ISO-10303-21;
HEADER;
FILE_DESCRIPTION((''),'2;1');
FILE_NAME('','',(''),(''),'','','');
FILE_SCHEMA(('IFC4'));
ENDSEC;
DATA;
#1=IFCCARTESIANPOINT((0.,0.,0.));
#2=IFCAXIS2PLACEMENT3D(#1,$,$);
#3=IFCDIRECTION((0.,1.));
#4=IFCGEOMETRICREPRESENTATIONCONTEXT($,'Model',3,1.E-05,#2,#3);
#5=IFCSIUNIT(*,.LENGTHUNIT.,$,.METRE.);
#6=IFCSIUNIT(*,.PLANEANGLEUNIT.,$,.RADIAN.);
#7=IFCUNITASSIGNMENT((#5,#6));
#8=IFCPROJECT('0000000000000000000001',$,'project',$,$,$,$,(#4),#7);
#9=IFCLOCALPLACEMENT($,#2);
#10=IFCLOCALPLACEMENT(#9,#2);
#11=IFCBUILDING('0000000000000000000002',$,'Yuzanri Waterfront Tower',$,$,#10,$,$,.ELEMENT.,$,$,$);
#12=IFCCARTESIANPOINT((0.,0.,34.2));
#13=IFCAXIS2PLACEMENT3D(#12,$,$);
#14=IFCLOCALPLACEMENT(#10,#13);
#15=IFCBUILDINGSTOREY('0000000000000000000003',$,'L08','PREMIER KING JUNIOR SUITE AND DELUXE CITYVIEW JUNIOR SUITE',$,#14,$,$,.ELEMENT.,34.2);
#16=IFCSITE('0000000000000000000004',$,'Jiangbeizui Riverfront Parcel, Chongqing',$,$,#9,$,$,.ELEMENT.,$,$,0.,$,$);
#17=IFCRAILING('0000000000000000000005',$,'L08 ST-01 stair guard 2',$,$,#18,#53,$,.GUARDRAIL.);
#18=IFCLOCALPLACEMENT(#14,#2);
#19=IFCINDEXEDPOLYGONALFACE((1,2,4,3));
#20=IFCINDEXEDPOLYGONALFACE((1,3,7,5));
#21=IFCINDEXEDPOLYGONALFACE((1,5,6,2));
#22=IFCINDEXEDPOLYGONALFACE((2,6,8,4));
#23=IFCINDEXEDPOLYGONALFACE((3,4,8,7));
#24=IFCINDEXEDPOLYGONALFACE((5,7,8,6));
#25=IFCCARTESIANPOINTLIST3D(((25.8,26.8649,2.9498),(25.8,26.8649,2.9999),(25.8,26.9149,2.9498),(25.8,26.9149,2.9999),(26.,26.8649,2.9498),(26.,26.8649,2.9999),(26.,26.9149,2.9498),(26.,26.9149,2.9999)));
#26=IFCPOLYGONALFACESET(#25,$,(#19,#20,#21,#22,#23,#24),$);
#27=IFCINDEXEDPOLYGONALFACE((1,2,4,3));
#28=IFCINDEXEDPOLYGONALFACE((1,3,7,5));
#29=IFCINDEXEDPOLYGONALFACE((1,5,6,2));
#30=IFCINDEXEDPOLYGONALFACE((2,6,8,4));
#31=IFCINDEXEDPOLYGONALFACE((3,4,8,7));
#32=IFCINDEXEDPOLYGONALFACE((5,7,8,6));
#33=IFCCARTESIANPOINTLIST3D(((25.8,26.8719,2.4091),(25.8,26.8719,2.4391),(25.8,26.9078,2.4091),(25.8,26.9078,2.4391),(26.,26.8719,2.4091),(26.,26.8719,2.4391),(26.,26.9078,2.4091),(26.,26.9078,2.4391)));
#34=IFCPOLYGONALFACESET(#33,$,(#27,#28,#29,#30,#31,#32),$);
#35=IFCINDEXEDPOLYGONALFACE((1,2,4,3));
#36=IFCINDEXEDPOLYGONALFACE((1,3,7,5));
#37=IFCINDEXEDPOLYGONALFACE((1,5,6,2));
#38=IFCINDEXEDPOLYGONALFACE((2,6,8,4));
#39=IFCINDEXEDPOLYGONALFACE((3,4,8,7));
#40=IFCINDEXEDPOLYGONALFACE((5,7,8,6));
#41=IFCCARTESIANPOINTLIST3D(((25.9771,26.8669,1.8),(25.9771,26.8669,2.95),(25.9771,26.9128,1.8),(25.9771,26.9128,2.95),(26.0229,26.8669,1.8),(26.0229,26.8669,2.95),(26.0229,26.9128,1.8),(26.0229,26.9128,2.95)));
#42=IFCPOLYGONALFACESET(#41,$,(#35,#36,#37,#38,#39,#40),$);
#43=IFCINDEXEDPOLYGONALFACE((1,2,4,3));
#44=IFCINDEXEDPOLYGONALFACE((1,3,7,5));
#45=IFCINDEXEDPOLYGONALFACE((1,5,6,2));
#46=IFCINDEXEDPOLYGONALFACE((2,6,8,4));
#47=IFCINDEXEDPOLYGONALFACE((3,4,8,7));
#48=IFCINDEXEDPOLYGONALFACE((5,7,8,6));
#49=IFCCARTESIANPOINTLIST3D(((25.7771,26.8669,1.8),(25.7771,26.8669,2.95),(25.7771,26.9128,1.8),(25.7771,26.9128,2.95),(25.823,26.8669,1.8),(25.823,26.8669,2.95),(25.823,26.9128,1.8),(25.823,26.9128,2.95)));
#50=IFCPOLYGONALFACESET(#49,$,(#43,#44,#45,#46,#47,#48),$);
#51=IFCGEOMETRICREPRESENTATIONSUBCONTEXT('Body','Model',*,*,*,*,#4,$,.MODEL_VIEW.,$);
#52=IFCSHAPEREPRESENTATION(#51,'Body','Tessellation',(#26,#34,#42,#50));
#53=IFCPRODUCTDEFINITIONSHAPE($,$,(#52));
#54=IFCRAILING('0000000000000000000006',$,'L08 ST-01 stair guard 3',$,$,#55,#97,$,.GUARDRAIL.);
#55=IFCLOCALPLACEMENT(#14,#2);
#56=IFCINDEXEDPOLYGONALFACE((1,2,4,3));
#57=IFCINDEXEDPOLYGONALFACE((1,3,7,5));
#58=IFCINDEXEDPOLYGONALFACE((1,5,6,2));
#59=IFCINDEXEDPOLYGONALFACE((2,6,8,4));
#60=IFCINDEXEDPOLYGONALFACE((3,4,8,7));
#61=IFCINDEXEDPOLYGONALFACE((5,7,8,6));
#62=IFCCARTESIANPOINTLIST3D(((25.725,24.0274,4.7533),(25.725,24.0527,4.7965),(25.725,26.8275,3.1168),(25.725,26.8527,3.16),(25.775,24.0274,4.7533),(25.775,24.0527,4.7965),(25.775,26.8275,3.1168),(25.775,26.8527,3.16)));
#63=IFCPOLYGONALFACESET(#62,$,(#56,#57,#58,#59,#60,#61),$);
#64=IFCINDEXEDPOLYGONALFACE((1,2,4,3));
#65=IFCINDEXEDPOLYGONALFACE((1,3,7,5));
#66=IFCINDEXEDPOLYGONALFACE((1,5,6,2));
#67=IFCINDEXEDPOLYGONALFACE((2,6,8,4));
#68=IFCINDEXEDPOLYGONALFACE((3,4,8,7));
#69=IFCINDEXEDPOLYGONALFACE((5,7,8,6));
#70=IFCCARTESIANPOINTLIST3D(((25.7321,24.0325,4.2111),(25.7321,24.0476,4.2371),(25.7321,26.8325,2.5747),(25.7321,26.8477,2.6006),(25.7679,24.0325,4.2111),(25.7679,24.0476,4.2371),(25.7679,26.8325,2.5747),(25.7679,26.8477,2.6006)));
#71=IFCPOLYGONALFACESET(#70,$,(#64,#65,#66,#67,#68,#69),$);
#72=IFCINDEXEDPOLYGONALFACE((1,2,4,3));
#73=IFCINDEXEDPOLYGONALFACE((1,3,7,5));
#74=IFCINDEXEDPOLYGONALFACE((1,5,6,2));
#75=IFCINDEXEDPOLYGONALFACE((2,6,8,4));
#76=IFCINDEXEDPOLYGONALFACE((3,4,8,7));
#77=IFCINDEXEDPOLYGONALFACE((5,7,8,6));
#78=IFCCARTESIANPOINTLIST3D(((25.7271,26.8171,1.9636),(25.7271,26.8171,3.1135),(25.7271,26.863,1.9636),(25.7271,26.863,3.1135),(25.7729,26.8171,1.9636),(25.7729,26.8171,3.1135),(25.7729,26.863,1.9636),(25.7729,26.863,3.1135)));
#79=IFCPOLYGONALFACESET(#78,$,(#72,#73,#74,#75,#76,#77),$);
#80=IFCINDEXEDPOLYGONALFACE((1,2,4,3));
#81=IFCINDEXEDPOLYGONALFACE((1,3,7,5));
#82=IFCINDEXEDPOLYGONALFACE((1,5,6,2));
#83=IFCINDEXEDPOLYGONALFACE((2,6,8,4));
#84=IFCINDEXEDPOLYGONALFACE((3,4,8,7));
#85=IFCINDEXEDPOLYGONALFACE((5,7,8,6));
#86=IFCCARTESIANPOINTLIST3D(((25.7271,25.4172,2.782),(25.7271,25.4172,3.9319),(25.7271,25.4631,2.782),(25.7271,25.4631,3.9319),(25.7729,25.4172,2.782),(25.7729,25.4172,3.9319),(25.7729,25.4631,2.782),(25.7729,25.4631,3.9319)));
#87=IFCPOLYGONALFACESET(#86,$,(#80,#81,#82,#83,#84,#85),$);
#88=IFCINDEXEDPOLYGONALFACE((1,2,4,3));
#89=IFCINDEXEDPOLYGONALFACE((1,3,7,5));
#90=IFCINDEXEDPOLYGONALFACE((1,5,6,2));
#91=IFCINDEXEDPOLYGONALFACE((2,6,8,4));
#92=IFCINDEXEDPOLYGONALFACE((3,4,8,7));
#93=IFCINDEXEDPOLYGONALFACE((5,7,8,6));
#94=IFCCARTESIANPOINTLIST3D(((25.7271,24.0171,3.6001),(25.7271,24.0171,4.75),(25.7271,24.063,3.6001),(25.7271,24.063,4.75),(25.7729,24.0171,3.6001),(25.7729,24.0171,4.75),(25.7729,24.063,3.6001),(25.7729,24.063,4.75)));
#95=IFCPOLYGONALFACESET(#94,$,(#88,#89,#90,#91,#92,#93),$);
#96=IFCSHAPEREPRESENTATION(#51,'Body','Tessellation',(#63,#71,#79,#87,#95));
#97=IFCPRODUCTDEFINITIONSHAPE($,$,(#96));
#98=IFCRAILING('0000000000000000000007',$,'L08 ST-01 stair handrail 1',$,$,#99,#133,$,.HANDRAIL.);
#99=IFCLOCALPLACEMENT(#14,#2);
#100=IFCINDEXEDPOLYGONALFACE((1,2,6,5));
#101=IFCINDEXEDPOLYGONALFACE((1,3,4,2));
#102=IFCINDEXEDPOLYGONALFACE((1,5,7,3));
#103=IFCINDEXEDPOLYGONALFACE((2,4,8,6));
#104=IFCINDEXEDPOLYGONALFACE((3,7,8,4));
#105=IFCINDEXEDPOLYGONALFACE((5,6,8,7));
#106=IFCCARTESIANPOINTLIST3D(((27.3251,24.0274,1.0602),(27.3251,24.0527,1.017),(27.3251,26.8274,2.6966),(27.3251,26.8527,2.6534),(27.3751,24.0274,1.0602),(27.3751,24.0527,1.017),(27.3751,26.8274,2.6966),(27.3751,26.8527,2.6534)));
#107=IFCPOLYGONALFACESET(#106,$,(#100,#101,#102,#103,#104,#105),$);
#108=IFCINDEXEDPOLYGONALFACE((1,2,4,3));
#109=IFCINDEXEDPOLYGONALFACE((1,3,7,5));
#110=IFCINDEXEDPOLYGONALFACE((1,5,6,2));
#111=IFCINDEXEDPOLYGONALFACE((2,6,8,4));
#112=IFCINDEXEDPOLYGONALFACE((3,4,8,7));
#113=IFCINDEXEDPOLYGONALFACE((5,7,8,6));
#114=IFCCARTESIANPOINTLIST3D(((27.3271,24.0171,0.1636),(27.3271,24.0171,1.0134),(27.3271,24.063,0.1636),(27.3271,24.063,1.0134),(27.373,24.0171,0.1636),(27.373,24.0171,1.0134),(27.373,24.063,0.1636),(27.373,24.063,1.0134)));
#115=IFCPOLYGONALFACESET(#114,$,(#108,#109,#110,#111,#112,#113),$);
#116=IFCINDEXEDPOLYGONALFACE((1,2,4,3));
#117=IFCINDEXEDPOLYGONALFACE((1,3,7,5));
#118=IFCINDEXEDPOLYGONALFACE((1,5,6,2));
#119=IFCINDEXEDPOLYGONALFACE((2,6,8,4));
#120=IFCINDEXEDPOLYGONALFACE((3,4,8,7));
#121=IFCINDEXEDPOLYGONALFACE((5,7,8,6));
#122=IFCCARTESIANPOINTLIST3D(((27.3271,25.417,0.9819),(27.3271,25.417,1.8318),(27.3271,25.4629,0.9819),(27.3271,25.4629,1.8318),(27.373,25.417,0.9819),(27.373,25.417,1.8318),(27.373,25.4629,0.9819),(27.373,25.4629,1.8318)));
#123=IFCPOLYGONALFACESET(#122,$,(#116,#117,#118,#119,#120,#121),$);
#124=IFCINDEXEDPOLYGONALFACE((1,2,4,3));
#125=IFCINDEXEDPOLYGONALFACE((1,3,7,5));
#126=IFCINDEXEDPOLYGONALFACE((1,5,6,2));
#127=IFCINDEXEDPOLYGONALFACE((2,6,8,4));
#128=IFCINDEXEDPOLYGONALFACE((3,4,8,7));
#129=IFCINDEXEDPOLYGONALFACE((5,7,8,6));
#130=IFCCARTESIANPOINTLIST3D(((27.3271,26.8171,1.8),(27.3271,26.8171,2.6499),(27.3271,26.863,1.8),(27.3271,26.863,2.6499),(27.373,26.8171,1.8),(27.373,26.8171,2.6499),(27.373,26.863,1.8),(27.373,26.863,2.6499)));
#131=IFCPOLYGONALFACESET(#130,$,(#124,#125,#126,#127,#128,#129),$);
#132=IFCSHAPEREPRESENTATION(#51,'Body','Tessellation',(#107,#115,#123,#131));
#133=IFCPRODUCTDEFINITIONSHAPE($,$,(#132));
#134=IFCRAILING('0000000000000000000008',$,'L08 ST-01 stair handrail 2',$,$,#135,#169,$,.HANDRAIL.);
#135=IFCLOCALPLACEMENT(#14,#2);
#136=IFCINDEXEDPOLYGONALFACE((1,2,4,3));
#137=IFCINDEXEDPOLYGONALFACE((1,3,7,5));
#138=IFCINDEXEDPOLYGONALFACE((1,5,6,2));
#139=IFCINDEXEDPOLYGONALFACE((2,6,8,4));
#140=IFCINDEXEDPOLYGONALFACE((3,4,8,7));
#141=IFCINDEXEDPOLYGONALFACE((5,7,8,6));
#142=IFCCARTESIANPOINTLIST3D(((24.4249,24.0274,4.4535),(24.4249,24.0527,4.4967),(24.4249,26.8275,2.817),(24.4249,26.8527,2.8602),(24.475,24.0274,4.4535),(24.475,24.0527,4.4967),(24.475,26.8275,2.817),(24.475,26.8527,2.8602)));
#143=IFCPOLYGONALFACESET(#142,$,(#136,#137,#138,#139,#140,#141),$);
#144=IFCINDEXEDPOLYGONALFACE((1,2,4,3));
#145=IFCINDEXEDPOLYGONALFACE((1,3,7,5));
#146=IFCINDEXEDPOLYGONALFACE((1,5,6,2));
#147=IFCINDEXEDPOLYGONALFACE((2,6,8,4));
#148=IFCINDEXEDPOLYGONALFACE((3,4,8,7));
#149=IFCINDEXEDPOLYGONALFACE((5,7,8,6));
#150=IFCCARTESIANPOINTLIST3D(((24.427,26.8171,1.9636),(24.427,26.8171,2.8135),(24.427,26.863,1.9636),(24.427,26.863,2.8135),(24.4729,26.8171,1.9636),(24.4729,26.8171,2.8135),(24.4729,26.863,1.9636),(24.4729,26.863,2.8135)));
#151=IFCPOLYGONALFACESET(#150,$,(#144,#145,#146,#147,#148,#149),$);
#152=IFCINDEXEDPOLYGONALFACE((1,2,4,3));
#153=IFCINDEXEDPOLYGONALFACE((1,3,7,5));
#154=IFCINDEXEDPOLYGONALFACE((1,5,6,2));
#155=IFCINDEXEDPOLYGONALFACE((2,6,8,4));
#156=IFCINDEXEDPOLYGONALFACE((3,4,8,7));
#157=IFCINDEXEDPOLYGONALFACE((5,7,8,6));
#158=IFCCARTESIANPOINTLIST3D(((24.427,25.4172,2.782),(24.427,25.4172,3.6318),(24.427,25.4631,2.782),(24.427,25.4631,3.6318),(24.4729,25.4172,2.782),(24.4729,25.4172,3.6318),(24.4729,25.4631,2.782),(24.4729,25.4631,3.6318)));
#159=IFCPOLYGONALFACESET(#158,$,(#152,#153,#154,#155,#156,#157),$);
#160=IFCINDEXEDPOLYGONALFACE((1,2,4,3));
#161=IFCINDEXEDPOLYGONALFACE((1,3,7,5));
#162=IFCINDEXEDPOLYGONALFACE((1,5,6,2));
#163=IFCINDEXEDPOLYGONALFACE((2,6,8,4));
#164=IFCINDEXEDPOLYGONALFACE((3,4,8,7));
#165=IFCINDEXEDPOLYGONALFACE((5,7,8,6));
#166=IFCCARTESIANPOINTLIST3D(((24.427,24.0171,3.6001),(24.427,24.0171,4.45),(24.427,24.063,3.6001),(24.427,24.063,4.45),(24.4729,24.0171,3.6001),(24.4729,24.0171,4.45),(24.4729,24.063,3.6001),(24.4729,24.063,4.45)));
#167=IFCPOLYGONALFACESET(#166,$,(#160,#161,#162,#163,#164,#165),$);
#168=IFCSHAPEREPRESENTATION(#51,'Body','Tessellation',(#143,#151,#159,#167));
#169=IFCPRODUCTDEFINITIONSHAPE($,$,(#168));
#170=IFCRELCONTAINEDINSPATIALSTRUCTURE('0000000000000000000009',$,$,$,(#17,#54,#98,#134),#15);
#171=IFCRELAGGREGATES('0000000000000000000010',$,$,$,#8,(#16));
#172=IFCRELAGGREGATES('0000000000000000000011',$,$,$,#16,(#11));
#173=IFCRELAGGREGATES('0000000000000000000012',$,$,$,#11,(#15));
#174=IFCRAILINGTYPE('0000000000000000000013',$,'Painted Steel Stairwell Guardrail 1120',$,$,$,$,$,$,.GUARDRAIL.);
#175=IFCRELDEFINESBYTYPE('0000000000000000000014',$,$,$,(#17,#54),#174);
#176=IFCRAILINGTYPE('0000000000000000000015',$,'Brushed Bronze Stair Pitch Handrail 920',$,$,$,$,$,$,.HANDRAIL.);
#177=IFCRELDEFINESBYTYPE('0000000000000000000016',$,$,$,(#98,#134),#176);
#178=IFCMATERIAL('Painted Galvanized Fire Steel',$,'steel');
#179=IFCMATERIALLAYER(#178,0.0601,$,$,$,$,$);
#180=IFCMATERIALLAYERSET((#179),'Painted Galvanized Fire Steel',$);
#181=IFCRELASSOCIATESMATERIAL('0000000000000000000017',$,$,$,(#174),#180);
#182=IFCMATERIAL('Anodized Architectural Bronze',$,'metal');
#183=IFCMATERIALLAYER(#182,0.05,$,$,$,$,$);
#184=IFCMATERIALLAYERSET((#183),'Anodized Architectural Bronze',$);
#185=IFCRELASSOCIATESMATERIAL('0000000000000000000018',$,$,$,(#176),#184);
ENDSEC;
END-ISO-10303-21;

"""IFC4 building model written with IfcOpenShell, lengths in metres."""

from ifc_helpers import new_model, si_unit, direction, frame, origin, origin_2d, place, context, subcontext, project, spatial, rectangle, extrude, source, transform, mapped, material, layer, layer_set, type_object, element, save


model = new_model("IFC4")

# Units and contexts
model_context = context("Model", 3, precision=1e-05, world=origin(), true_north=direction((0.0, 1.0)))
body_context = subcontext(model_context, "Body", "Model", "MODEL_VIEW")
ifc_project = project(units=[si_unit("LENGTHUNIT", "METRE"), si_unit("PLANEANGLEUNIT", "RADIAN")], contexts=[model_context])

# Site, building, storey
site_placement = place(None, origin())
site = spatial("IfcSite", under=ifc_project, at=site_placement, Name="Jiangbeizui Riverfront Parcel, Chongqing", CompositionType="ELEMENT", RefElevation=0.0)
building_placement = place(site_placement, origin())
building = spatial("IfcBuilding", under=site, at=building_placement, Name="Yuzanri Waterfront Tower", CompositionType="ELEMENT")
storey_placement = place(building_placement, frame((0.0, 0.0, 34.2)))
storey = spatial("IfcBuildingStorey", under=building, at=storey_placement, Name="L08", Description="PREMIER KING JUNIOR SUITE AND DELUXE CITYVIEW JUNIOR SUITE", CompositionType="ELEMENT", Elevation=34.2)

# Railings
ifc_material_1 = material(Name="Painted Galvanized Fire Steel", Category="steel")
ifc_layer_1 = layer(ifc_material_1, 0.0601)
ifc_layer_set_1 = layer_set([ifc_layer_1], Name="Painted Galvanized Fire Steel")
railing_type_1 = type_object("IfcRailingType", Name="Painted Steel Stairwell Guardrail 1120", PredefinedType="GUARDRAIL", material=ifc_layer_set_1)
shared_shape_1 = source(origin(), body_context, "Body", "SweptSolid", [
    extrude(rectangle(XDim=0.05, YDim=0.05, at=origin_2d()), frame((0.0, 0.0, 1.1748), z_axis=(-1.0, 0.0, 0.0), x_axis=(0.0, -1.0, 0.0)), (0.0, 0.0, 1.0), 0.2),
    extrude(rectangle(XDim=0.0359, YDim=0.03, at=origin_2d()), frame((0.0, 0.0, 0.624), z_axis=(-1.0, 0.0, 0.0), x_axis=(0.0, -1.0, 0.0)), (0.0, 0.0, 1.0), 0.2),
    extrude(rectangle(XDim=0.0459, YDim=0.0459, at=origin_2d()), origin(), (0.0, 0.0, 1.0), 1.1499),
    extrude(rectangle(XDim=0.0459, YDim=0.0459, at=origin_2d()), frame((-0.2, 0.0, 0.0)), (0.0, 0.0, 1.0), 1.1499),
])
railing_1_placement = place(storey_placement, frame((26.0, 26.8899, 1.8)))
element("IfcRailing", 1, at=railing_1_placement, inside=storey, type_object=railing_type_1, Name="L08 ST-01 stair guard 2", PredefinedType="GUARDRAIL", context=body_context, shape_type="MappedRepresentation", body=[
    mapped(shared_shape_1, transform((0.0, 0.0, 0.0), scale=1.0)),
])
shared_shape_2 = source(origin(), body_context, "Body", "SweptSolid", [
    extrude(rectangle(XDim=0.05, YDim=0.05, at=origin_2d()), frame((0.0, 0.0, 1.1748), z_axis=(0.0, -0.863361, 0.504587), x_axis=(1.0, 0.0, 0.0)), (0.0, 0.0, 1.0), 3.2432),
    extrude(rectangle(XDim=0.0359, YDim=0.03, at=origin_2d()), frame((0.0, 0.0, 0.624), z_axis=(0.0, -0.863361, 0.504587), x_axis=(1.0, 0.0, 0.0)), (0.0, 0.0, 1.0), 3.2432),
    extrude(rectangle(XDim=0.0459, YDim=0.0459, at=origin_2d()), origin(), (0.0, 0.0, 1.0), 1.1499),
    extrude(rectangle(XDim=0.0459, YDim=0.0459, at=origin_2d()), frame((0.0, -1.3999, 0.8184)), (0.0, 0.0, 1.0), 1.1499),
    extrude(rectangle(XDim=0.0459, YDim=0.0459, at=origin_2d()), frame((0.0, -2.8, 1.6365)), (0.0, 0.0, 1.0), 1.1499),
])
railing_2_placement = place(storey_placement, frame((25.75, 26.8401, 1.9636)))
element("IfcRailing", 2, at=railing_2_placement, inside=storey, type_object=railing_type_1, Name="L08 ST-01 stair guard 3", PredefinedType="GUARDRAIL", context=body_context, shape_type="MappedRepresentation", body=[
    mapped(shared_shape_2, transform((0.0, 0.0, 0.0), scale=1.0)),
])
ifc_material_2 = material(Name="Anodized Architectural Bronze", Category="metal")
ifc_layer_2 = layer(ifc_material_2, 0.05)
ifc_layer_set_2 = layer_set([ifc_layer_2], Name="Anodized Architectural Bronze")
railing_type_2 = type_object("IfcRailingType", Name="Brushed Bronze Stair Pitch Handrail 920", PredefinedType="HANDRAIL", material=ifc_layer_set_2)
shared_shape_3 = source(origin(), body_context, "Body", "SweptSolid", [
    extrude(rectangle(XDim=0.05, YDim=0.05, at=origin_2d()), frame((0.0, 0.0, 0.875), z_axis=(0.0, 0.863361, 0.504587), x_axis=(-1.0, 0.0, 0.0)), (0.0, 0.0, 1.0), 3.2432),
    extrude(rectangle(XDim=0.0459, YDim=0.0459, at=origin_2d()), origin(), (0.0, 0.0, 1.0), 0.8499),
    extrude(rectangle(XDim=0.0459, YDim=0.0459, at=origin_2d()), frame((0.0, 1.3999, 0.8184)), (0.0, 0.0, 1.0), 0.8499),
    extrude(rectangle(XDim=0.0459, YDim=0.0459, at=origin_2d()), frame((0.0, 2.8, 1.6365)), (0.0, 0.0, 1.0), 0.8499),
])
railing_3_placement = place(storey_placement, frame((27.3501, 24.04, 0.1636)))
element("IfcRailing", 3, at=railing_3_placement, inside=storey, type_object=railing_type_2, Name="L08 ST-01 stair handrail 1", PredefinedType="HANDRAIL", context=body_context, shape_type="MappedRepresentation", body=[
    mapped(shared_shape_3, transform((0.0, 0.0, 0.0), scale=1.0)),
])
shared_shape_4 = source(origin(), body_context, "Body", "SweptSolid", [
    extrude(rectangle(XDim=0.05, YDim=0.05, at=origin_2d()), frame((0.0, 0.0, 0.875), z_axis=(0.0, -0.863361, 0.504587), x_axis=(1.0, 0.0, 0.0)), (0.0, 0.0, 1.0), 3.2432),
    extrude(rectangle(XDim=0.0459, YDim=0.0459, at=origin_2d()), origin(), (0.0, 0.0, 1.0), 0.8499),
    extrude(rectangle(XDim=0.0459, YDim=0.0459, at=origin_2d()), frame((0.0, -1.3999, 0.8184)), (0.0, 0.0, 1.0), 0.8499),
    extrude(rectangle(XDim=0.0459, YDim=0.0459, at=origin_2d()), frame((0.0, -2.8, 1.6365)), (0.0, 0.0, 1.0), 0.8499),
])
railing_4_placement = place(storey_placement, frame((24.45, 26.8401, 1.9636)))
element("IfcRailing", 4, at=railing_4_placement, inside=storey, type_object=railing_type_2, Name="L08 ST-01 stair handrail 2", PredefinedType="HANDRAIL", context=body_context, shape_type="MappedRepresentation", body=[
    mapped(shared_shape_4, transform((0.0, 0.0, 0.0), scale=1.0)),
])

save(model, "model.ifc")
